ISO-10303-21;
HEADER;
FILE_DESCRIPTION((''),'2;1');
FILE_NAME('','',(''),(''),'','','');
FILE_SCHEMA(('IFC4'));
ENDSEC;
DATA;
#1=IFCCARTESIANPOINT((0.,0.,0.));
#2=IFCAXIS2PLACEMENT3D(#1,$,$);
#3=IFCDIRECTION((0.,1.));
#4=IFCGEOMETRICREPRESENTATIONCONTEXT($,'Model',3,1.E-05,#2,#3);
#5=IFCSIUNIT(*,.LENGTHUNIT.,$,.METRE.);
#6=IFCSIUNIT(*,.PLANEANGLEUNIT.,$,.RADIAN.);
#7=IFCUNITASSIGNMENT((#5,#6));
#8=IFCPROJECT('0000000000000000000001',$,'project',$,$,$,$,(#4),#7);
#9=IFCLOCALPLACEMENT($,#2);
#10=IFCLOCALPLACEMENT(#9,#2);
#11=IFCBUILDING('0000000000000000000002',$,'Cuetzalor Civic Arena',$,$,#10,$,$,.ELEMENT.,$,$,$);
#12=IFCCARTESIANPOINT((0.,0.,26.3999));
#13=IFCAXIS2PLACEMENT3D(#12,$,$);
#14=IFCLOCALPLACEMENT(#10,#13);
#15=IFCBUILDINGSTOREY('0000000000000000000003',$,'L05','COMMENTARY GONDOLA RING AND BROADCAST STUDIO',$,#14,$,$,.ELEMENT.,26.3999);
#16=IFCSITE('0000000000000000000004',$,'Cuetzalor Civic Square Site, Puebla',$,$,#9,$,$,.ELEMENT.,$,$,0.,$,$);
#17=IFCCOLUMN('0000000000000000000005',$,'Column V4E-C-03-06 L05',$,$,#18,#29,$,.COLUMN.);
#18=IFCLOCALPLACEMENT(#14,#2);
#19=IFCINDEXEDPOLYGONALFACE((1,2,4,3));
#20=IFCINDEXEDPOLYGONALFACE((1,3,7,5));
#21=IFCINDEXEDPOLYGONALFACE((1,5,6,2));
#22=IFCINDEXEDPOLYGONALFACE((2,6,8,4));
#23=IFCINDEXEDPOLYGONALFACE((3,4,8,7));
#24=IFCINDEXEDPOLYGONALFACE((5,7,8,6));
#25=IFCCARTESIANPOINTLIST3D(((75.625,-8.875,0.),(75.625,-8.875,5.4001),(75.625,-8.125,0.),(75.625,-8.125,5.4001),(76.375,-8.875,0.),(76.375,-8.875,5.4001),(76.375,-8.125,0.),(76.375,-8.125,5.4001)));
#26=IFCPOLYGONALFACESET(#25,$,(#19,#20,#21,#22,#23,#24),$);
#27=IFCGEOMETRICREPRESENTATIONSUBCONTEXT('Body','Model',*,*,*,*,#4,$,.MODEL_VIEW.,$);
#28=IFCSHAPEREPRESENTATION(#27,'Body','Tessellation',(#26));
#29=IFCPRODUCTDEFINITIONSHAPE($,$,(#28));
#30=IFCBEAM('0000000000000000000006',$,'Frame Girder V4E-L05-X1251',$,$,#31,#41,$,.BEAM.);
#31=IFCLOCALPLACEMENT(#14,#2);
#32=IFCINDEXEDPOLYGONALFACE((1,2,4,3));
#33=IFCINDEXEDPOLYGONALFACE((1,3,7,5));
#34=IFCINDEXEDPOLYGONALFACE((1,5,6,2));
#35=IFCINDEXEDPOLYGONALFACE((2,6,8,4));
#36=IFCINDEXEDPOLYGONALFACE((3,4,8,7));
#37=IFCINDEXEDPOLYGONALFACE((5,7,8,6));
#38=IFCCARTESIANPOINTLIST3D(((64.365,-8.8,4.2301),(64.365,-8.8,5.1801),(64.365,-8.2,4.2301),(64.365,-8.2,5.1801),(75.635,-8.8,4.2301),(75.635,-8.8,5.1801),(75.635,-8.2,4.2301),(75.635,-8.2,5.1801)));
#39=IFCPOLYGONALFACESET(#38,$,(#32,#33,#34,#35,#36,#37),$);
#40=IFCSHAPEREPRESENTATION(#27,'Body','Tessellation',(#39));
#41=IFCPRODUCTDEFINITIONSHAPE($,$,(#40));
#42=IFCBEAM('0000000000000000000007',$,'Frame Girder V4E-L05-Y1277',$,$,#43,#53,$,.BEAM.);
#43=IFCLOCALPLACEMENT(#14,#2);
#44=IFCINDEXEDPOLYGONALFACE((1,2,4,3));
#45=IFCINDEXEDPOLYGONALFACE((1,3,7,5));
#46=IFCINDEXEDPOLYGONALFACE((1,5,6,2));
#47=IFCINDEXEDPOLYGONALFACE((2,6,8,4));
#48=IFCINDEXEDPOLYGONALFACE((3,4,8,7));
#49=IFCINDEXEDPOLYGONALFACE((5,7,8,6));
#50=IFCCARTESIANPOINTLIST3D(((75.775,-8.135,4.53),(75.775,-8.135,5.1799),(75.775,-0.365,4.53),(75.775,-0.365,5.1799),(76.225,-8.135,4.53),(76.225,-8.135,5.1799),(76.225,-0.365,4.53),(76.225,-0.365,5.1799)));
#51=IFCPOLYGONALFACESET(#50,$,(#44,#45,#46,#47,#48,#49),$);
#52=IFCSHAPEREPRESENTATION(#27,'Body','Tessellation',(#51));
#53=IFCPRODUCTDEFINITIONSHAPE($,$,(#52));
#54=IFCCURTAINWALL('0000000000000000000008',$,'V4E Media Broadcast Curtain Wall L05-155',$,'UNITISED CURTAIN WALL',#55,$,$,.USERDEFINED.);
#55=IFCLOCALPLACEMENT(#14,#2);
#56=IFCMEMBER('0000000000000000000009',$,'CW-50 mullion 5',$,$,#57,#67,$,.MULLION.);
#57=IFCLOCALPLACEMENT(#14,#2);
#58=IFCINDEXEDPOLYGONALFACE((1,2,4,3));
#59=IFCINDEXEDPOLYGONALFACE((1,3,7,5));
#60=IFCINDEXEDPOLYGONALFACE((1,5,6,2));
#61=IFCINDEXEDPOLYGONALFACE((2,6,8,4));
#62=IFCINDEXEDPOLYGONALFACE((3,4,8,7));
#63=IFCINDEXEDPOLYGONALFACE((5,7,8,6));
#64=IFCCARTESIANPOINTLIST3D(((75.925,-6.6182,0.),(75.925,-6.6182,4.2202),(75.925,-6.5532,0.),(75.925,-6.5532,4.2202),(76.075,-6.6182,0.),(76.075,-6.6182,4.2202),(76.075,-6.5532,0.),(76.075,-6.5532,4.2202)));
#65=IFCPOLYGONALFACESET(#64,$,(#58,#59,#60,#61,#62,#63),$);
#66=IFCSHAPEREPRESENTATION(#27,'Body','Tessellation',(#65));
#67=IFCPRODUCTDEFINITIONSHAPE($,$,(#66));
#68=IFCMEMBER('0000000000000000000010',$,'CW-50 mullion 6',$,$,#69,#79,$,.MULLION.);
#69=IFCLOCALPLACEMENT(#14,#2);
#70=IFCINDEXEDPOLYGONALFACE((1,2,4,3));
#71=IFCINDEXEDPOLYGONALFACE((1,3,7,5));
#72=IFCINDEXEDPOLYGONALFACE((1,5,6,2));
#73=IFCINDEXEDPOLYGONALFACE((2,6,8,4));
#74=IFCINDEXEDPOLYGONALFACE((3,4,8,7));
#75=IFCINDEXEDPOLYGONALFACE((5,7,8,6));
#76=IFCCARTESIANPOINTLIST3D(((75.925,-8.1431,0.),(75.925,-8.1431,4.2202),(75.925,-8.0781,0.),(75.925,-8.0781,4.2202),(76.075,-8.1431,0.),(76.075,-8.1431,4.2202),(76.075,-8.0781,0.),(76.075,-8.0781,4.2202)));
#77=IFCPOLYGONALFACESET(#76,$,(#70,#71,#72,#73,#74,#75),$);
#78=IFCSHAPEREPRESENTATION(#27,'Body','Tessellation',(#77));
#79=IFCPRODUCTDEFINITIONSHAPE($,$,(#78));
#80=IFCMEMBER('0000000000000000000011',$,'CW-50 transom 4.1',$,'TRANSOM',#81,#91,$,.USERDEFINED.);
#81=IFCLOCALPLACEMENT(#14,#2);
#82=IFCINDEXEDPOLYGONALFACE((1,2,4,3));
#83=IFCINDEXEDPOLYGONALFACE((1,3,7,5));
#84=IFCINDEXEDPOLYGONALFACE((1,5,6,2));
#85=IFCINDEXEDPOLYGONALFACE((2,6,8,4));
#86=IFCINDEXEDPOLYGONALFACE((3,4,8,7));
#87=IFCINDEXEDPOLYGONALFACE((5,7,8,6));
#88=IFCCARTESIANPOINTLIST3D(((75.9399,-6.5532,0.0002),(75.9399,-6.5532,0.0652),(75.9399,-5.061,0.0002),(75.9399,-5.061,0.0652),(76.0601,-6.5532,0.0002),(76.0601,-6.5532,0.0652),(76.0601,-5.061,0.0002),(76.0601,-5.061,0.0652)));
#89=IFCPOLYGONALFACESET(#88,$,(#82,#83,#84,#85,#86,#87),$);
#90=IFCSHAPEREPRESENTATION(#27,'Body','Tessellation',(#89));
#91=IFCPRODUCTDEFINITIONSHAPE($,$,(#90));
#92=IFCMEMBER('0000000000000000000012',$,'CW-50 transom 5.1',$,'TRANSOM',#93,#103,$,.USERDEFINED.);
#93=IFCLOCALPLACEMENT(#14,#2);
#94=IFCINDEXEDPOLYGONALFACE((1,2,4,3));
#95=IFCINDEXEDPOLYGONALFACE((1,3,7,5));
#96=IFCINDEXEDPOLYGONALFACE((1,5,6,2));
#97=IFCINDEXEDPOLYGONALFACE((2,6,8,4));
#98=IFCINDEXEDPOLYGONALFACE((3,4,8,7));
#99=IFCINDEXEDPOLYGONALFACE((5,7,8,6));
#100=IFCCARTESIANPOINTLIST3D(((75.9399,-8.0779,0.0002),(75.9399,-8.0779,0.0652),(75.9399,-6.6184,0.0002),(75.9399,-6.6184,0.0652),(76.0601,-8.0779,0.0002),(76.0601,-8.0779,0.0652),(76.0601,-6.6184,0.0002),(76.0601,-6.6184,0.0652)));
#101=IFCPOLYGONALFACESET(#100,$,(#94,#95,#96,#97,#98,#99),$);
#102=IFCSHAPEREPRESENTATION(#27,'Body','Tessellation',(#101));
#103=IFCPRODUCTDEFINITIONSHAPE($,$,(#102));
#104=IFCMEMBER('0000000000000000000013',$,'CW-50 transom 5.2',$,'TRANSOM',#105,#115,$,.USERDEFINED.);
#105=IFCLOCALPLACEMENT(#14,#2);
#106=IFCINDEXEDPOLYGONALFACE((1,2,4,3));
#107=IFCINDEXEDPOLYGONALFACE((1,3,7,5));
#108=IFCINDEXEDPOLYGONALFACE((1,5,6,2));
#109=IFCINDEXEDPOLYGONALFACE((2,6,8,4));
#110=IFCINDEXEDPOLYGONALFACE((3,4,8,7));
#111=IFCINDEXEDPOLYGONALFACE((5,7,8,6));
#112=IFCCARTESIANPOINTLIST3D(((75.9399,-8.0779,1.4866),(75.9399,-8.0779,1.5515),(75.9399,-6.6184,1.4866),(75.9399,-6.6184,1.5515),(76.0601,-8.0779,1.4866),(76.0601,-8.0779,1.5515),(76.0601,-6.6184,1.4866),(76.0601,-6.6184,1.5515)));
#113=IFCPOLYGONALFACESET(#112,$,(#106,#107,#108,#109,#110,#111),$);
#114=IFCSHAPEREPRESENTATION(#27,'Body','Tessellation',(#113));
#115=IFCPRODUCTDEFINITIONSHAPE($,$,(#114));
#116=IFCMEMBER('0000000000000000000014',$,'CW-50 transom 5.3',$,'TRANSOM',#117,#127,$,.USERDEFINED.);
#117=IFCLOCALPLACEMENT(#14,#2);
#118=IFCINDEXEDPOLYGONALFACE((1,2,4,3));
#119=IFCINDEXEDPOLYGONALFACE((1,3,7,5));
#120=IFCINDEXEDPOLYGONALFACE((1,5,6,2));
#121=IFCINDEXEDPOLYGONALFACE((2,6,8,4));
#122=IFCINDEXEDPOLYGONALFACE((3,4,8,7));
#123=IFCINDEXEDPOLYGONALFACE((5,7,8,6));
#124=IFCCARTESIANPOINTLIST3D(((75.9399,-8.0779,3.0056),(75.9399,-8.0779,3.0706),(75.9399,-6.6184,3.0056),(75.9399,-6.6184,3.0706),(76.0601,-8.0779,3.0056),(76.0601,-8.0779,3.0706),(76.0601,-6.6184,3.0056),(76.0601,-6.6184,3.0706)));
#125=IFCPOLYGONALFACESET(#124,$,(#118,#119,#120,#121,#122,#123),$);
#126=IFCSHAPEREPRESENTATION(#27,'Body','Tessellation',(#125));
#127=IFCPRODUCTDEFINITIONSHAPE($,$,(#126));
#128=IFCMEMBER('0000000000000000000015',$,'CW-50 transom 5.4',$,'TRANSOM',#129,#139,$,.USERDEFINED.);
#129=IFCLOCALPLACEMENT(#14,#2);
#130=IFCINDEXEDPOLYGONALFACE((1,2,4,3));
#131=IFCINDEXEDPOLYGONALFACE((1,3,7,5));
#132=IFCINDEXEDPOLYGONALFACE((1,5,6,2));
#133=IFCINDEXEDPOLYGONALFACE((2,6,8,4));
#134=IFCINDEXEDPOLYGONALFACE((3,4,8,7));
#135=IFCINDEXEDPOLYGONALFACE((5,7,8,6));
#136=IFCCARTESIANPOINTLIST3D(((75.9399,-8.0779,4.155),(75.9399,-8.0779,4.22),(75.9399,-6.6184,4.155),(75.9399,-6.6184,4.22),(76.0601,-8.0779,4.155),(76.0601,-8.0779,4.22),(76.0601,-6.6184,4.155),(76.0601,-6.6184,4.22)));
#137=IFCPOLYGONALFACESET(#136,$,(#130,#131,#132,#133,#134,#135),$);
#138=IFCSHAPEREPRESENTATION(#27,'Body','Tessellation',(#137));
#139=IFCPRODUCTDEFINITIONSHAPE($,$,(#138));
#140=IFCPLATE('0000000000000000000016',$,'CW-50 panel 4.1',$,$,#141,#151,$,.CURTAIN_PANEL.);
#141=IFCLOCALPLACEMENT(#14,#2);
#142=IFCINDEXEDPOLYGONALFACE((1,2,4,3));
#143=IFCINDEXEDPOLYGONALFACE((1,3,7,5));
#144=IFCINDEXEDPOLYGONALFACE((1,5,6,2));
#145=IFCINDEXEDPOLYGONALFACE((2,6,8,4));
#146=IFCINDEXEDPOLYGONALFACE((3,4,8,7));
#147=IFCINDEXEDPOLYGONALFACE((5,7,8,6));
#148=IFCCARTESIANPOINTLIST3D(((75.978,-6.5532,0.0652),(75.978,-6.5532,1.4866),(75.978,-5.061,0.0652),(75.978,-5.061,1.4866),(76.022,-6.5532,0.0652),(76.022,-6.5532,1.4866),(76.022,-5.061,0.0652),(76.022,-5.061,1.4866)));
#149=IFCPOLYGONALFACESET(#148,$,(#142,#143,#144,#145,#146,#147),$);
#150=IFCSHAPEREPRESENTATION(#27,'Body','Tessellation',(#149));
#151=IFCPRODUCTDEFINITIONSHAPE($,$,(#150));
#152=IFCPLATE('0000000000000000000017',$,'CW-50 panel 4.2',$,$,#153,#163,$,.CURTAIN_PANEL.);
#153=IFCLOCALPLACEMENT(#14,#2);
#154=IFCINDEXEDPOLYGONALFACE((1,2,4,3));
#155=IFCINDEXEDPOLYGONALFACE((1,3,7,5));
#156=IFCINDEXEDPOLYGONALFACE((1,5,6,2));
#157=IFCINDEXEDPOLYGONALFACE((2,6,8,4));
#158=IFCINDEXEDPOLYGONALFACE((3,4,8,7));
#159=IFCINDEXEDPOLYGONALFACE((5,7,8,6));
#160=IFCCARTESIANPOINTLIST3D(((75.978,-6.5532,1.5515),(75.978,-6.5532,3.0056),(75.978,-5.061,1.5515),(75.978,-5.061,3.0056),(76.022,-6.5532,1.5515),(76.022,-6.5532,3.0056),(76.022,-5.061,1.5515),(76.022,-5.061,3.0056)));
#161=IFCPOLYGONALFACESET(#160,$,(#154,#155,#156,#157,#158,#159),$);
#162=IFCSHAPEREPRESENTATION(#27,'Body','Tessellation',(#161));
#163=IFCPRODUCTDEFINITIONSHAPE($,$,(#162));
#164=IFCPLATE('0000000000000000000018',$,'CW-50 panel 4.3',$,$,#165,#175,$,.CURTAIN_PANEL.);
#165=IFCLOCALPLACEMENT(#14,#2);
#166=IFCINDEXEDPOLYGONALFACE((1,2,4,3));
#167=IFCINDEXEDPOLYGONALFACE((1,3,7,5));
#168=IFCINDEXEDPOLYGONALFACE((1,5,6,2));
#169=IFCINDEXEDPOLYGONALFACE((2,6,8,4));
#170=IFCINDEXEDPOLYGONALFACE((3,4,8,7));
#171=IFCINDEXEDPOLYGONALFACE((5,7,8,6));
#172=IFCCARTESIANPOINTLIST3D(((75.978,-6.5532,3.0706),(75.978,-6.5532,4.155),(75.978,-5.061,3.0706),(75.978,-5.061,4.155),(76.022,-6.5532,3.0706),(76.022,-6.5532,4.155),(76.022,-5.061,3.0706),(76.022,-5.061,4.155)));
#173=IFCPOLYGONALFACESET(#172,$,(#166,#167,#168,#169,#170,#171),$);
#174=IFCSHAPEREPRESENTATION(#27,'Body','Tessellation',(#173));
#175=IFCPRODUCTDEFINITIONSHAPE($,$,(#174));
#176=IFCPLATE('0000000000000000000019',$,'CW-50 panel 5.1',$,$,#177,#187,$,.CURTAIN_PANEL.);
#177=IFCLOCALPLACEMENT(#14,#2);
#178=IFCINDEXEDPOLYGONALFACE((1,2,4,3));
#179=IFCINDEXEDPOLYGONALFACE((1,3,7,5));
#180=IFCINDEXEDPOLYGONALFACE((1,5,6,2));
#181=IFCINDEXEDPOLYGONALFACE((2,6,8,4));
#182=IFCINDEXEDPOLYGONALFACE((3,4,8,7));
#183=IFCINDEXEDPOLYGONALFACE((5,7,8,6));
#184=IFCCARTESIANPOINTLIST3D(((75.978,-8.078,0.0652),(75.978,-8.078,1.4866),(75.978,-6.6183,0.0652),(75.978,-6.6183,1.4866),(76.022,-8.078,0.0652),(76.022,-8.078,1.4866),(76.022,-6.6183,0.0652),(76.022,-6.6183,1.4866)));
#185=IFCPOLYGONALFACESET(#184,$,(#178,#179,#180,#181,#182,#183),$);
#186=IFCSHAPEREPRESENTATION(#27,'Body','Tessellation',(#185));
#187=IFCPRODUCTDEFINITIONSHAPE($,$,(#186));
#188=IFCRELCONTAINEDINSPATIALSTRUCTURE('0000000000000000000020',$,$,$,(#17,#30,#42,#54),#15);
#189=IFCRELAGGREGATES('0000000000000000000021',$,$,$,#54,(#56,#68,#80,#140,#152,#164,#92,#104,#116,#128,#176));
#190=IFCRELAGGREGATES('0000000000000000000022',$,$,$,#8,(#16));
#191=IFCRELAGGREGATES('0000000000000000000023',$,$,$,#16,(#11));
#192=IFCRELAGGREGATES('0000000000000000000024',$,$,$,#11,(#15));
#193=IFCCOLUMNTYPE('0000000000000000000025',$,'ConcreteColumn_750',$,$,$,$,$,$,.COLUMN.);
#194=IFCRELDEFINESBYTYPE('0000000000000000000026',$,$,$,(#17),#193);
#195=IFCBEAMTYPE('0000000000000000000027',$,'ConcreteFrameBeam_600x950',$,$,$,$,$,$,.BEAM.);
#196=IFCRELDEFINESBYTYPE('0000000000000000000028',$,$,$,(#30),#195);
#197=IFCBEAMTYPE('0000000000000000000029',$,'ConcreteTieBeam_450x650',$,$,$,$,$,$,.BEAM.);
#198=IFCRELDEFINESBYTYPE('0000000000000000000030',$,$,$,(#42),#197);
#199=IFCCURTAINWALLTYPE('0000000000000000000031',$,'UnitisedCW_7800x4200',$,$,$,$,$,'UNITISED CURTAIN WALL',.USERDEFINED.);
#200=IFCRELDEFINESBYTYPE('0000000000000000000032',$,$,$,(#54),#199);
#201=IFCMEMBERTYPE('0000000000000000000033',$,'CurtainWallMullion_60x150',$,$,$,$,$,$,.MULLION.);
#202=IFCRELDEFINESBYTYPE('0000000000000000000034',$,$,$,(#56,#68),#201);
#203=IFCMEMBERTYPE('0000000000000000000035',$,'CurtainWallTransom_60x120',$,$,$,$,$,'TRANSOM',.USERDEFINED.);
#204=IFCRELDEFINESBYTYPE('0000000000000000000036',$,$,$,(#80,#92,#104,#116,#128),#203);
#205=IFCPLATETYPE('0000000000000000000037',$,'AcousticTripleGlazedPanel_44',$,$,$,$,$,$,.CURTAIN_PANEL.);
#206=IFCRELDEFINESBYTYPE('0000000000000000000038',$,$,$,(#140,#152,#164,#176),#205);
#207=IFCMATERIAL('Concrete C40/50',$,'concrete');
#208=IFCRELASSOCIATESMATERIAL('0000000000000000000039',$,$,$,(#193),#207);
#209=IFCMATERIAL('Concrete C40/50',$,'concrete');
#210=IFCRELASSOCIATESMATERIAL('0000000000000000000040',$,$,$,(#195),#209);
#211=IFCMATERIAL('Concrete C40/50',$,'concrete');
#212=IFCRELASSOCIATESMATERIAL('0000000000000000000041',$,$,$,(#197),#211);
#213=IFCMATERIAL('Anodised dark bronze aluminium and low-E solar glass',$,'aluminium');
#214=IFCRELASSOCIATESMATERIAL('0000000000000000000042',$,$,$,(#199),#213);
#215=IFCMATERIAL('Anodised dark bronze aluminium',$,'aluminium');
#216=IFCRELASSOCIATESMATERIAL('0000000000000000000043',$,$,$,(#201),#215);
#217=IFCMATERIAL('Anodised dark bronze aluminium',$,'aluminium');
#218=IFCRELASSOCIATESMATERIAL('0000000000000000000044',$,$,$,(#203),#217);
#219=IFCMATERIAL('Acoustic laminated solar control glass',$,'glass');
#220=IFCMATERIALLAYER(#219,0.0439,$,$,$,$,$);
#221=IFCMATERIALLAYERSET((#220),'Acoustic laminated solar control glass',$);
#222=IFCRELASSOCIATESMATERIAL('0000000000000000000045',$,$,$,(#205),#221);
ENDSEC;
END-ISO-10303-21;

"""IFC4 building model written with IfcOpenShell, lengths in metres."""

from ifc_helpers import new_model, si_unit, direction, frame, origin, origin_2d, place, context, subcontext, project, spatial, rectangle, extrude, material, layer, layer_set, material_profile, profile_set, type_object, element, aggregate, save


model = new_model("IFC4")

# Units and contexts
model_context = context("Model", 3, precision=1e-05, world=origin(), true_north=direction((0.0, 1.0)))
body_context = subcontext(model_context, "Body", "Model", "MODEL_VIEW")
ifc_project = project(units=[si_unit("LENGTHUNIT", "METRE"), si_unit("PLANEANGLEUNIT", "RADIAN")], contexts=[model_context])

# Site, building, storey
site_placement = place(None, origin())
site = spatial("IfcSite", under=ifc_project, at=site_placement, Name="Cuetzalor Civic Square Site, Puebla", CompositionType="ELEMENT", RefElevation=0.0)
building_placement = place(site_placement, origin())
building = spatial("IfcBuilding", under=site, at=building_placement, Name="Cuetzalor Civic Arena", CompositionType="ELEMENT")
storey_placement = place(building_placement, frame((0.0, 0.0, 26.3999)))
storey = spatial("IfcBuildingStorey", under=building, at=storey_placement, Name="L05", Description="COMMENTARY GONDOLA RING AND BROADCAST STUDIO", CompositionType="ELEMENT", Elevation=26.3999)

# Column
ifc_material_1 = material(Name="Concrete C40/50", Category="concrete")
ifc_material_profile_1 = material_profile(ifc_material_1, rectangle(XDim=0.75, YDim=0.75, at=origin_2d()), Name="RC 750x750")
ifc_profile_set_1 = profile_set([ifc_material_profile_1], Name="Concrete C40/50")
column_type = type_object("IfcColumnType", Name="ConcreteColumn_750", PredefinedType="COLUMN", material=ifc_profile_set_1)
column_placement = place(storey_placement, frame((76.0, -8.5, 0.0), z_axis=(0.0, 0.0, 1.0), x_axis=(1.0, 0.0, 0.0)))
element("IfcColumn", 1, at=column_placement, inside=storey, type_object=column_type, Name="Column V4E-C-03-06 L05", PredefinedType="COLUMN", context=body_context, shape_type="SweptSolid", body=[
    extrude(rectangle(XDim=0.75, YDim=0.75, at=origin_2d()), origin(), (0.0, 0.0, 1.0), 5.4001),
])

# Beams
ifc_material_2 = material(Name="Concrete C40/50", Category="concrete")
ifc_material_profile_2 = material_profile(ifc_material_2, rectangle(XDim=0.6001, YDim=0.95, at=origin_2d()), Name="RC 600x950")
ifc_profile_set_2 = profile_set([ifc_material_profile_2], Name="Concrete C40/50")
beam_type_1 = type_object("IfcBeamType", Name="ConcreteFrameBeam_600x950", PredefinedType="BEAM", material=ifc_profile_set_2)
beam_1_placement = place(storey_placement, frame((64.365, -8.5, 4.7051), z_axis=(1.0, 0.0, 0.0), x_axis=(0.0, 1.0, 0.0)))
element("IfcBeam", 2, at=beam_1_placement, inside=storey, type_object=beam_type_1, Name="Frame Girder V4E-L05-X1251", PredefinedType="BEAM", context=body_context, shape_type="SweptSolid", body=[
    extrude(rectangle(XDim=0.6001, YDim=0.95, at=origin_2d()), origin(), (0.0, 0.0, 1.0), 11.27),
])
ifc_material_3 = material(Name="Concrete C40/50", Category="concrete")
ifc_material_profile_3 = material_profile(ifc_material_3, rectangle(XDim=0.45, YDim=0.6499, at=origin_2d()), Name="RC 450x650")
ifc_profile_set_3 = profile_set([ifc_material_profile_3], Name="Concrete C40/50")
beam_type_2 = type_object("IfcBeamType", Name="ConcreteTieBeam_450x650", PredefinedType="BEAM", material=ifc_profile_set_3)
beam_2_placement = place(storey_placement, frame((76.0, -8.135, 4.855), z_axis=(0.0, 1.0, 0.0), x_axis=(-1.0, 0.0, 0.0)))
element("IfcBeam", 3, at=beam_2_placement, inside=storey, type_object=beam_type_2, Name="Frame Girder V4E-L05-Y1277", PredefinedType="BEAM", context=body_context, shape_type="SweptSolid", body=[
    extrude(rectangle(XDim=0.45, YDim=0.6499, at=origin_2d()), origin(), (0.0, 0.0, 1.0), 7.77),
])

# Curtain wall, members, plates
ifc_material_4 = material(Name="Anodised dark bronze aluminium and low-E solar glass", Category="aluminium")
curtain_wall_type = type_object("IfcCurtainWallType", Name="UnitisedCW_7800x4200", ElementType="UNITISED CURTAIN WALL", PredefinedType="USERDEFINED", material=ifc_material_4)
curtain_wall_placement = place(storey_placement, origin())
curtain_wall = element("IfcCurtainWall", 4, at=curtain_wall_placement, inside=storey, type_object=curtain_wall_type, Name="V4E Media Broadcast Curtain Wall L05-155", ObjectType="UNITISED CURTAIN WALL", PredefinedType="USERDEFINED")
ifc_material_5 = material(Name="Anodised dark bronze aluminium", Category="aluminium")
ifc_material_profile_4 = material_profile(ifc_material_5, rectangle(XDim=0.0649, YDim=0.1499, at=origin_2d()), Name="ALU MULLION 65x150")
ifc_profile_set_4 = profile_set([ifc_material_profile_4], Name="Anodised dark bronze aluminium")
member_type_1 = type_object("IfcMemberType", Name="CurtainWallMullion_60x150", PredefinedType="MULLION", material=ifc_profile_set_4)
member_1_placement = place(storey_placement, frame((76.0, -6.5857, 0.0), z_axis=(0.0, 0.0, 1.0), x_axis=(0.0, -1.0, 0.0)))
member_1 = element("IfcMember", 5, at=member_1_placement, type_object=member_type_1, Name="CW-50 mullion 5", PredefinedType="MULLION", context=body_context, shape_type="SweptSolid", body=[
    extrude(rectangle(XDim=0.0649, YDim=0.1499, at=origin_2d()), origin(), (0.0, 0.0, 1.0), 4.2202),
])
member_2_placement = place(storey_placement, frame((76.0, -8.1106, 0.0), z_axis=(0.0, 0.0, 1.0), x_axis=(0.0, -1.0, 0.0)))
member_2 = element("IfcMember", 6, at=member_2_placement, type_object=member_type_1, Name="CW-50 mullion 6", PredefinedType="MULLION", context=body_context, shape_type="SweptSolid", body=[
    extrude(rectangle(XDim=0.0649, YDim=0.1499, at=origin_2d()), origin(), (0.0, 0.0, 1.0), 4.2202),
])
ifc_material_6 = material(Name="Anodised dark bronze aluminium", Category="aluminium")
ifc_material_profile_5 = material_profile(ifc_material_6, rectangle(XDim=0.1201, YDim=0.0649, at=origin_2d()), Name="ALU TRANSOM 65x120")
ifc_profile_set_5 = profile_set([ifc_material_profile_5], Name="Anodised dark bronze aluminium")
member_type_2 = type_object("IfcMemberType", Name="CurtainWallTransom_60x120", ElementType="TRANSOM", PredefinedType="USERDEFINED", material=ifc_profile_set_5)
member_3_placement = place(storey_placement, frame((76.0, -5.061, 0.0327), z_axis=(0.0, -1.0, 0.0), x_axis=(1.0, 0.0, 0.0)))
member_3 = element("IfcMember", 7, at=member_3_placement, type_object=member_type_2, Name="CW-50 transom 4.1", ObjectType="TRANSOM", PredefinedType="USERDEFINED", context=body_context, shape_type="SweptSolid", body=[
    extrude(rectangle(XDim=0.1201, YDim=0.0649, at=origin_2d()), origin(), (0.0, 0.0, 1.0), 1.4922),
])
member_4_placement = place(storey_placement, frame((76.0, -6.6184, 0.0327), z_axis=(0.0, -1.0, 0.0), x_axis=(1.0, 0.0, 0.0)))
member_4 = element("IfcMember", 8, at=member_4_placement, type_object=member_type_2, Name="CW-50 transom 5.1", ObjectType="TRANSOM", PredefinedType="USERDEFINED", context=body_context, shape_type="SweptSolid", body=[
    extrude(rectangle(XDim=0.1201, YDim=0.0649, at=origin_2d()), origin(), (0.0, 0.0, 1.0), 1.4595),
])
member_5_placement = place(storey_placement, frame((76.0, -6.6184, 1.519), z_axis=(0.0, -1.0, 0.0), x_axis=(1.0, 0.0, 0.0)))
member_5 = element("IfcMember", 9, at=member_5_placement, type_object=member_type_2, Name="CW-50 transom 5.2", ObjectType="TRANSOM", PredefinedType="USERDEFINED", context=body_context, shape_type="SweptSolid", body=[
    extrude(rectangle(XDim=0.1201, YDim=0.0649, at=origin_2d()), origin(), (0.0, 0.0, 1.0), 1.4595),
])
member_6_placement = place(storey_placement, frame((76.0, -6.6184, 3.0381), z_axis=(0.0, -1.0, 0.0), x_axis=(1.0, 0.0, 0.0)))
member_6 = element("IfcMember", 10, at=member_6_placement, type_object=member_type_2, Name="CW-50 transom 5.3", ObjectType="TRANSOM", PredefinedType="USERDEFINED", context=body_context, shape_type="SweptSolid", body=[
    extrude(rectangle(XDim=0.1201, YDim=0.0649, at=origin_2d()), origin(), (0.0, 0.0, 1.0), 1.4595),
])
member_7_placement = place(storey_placement, frame((76.0, -6.6184, 4.1875), z_axis=(0.0, -1.0, 0.0), x_axis=(1.0, 0.0, 0.0)))
member_7 = element("IfcMember", 11, at=member_7_placement, type_object=member_type_2, Name="CW-50 transom 5.4", ObjectType="TRANSOM", PredefinedType="USERDEFINED", context=body_context, shape_type="SweptSolid", body=[
    extrude(rectangle(XDim=0.1201, YDim=0.0649, at=origin_2d()), origin(), (0.0, 0.0, 1.0), 1.4595),
])
ifc_material_7 = material(Name="Acoustic laminated solar control glass", Category="glass")
ifc_layer_1 = layer(ifc_material_7, 0.0439)
ifc_layer_set_1 = layer_set([ifc_layer_1], Name="Acoustic laminated solar control glass")
plate_type = type_object("IfcPlateType", Name="AcousticTripleGlazedPanel_44", PredefinedType="CURTAIN_PANEL", material=ifc_layer_set_1)
plate_1_placement = place(storey_placement, frame((76.0, -5.8071, 0.0652), z_axis=(0.0, 0.0, 1.0), x_axis=(0.0, -1.0, 0.0)))
plate_1 = element("IfcPlate", 12, at=plate_1_placement, type_object=plate_type, Name="CW-50 panel 4.1", PredefinedType="CURTAIN_PANEL", context=body_context, shape_type="SweptSolid", body=[
    extrude(rectangle(XDim=1.4922, YDim=0.0439, at=origin_2d()), origin(), (0.0, 0.0, 1.0), 1.4214),
])
plate_2_placement = place(storey_placement, frame((76.0, -5.8071, 1.5515), z_axis=(0.0, 0.0, 1.0), x_axis=(0.0, -1.0, 0.0)))
plate_2 = element("IfcPlate", 13, at=plate_2_placement, type_object=plate_type, Name="CW-50 panel 4.2", PredefinedType="CURTAIN_PANEL", context=body_context, shape_type="SweptSolid", body=[
    extrude(rectangle(XDim=1.4922, YDim=0.0439, at=origin_2d()), origin(), (0.0, 0.0, 1.0), 1.4541),
])
plate_3_placement = place(storey_placement, frame((76.0, -5.8071, 3.0706), z_axis=(0.0, 0.0, 1.0), x_axis=(0.0, -1.0, 0.0)))
plate_3 = element("IfcPlate", 14, at=plate_3_placement, type_object=plate_type, Name="CW-50 panel 4.3", PredefinedType="CURTAIN_PANEL", context=body_context, shape_type="SweptSolid", body=[
    extrude(rectangle(XDim=1.4922, YDim=0.0439, at=origin_2d()), origin(), (0.0, 0.0, 1.0), 1.0845),
])
plate_4_placement = place(storey_placement, frame((76.0, -7.3481, 0.0652), z_axis=(0.0, 0.0, 1.0), x_axis=(0.0, -1.0, 0.0)))
plate_4 = element("IfcPlate", 15, at=plate_4_placement, type_object=plate_type, Name="CW-50 panel 5.1", PredefinedType="CURTAIN_PANEL", context=body_context, shape_type="SweptSolid", body=[
    extrude(rectangle(XDim=1.4597, YDim=0.0439, at=origin_2d()), origin(), (0.0, 0.0, 1.0), 1.4214),
])
aggregate(curtain_wall, [member_1, member_2, member_3, plate_1, plate_2, plate_3, member_4, member_5, member_6, member_7, plate_4])

save(model, "model.ifc")
